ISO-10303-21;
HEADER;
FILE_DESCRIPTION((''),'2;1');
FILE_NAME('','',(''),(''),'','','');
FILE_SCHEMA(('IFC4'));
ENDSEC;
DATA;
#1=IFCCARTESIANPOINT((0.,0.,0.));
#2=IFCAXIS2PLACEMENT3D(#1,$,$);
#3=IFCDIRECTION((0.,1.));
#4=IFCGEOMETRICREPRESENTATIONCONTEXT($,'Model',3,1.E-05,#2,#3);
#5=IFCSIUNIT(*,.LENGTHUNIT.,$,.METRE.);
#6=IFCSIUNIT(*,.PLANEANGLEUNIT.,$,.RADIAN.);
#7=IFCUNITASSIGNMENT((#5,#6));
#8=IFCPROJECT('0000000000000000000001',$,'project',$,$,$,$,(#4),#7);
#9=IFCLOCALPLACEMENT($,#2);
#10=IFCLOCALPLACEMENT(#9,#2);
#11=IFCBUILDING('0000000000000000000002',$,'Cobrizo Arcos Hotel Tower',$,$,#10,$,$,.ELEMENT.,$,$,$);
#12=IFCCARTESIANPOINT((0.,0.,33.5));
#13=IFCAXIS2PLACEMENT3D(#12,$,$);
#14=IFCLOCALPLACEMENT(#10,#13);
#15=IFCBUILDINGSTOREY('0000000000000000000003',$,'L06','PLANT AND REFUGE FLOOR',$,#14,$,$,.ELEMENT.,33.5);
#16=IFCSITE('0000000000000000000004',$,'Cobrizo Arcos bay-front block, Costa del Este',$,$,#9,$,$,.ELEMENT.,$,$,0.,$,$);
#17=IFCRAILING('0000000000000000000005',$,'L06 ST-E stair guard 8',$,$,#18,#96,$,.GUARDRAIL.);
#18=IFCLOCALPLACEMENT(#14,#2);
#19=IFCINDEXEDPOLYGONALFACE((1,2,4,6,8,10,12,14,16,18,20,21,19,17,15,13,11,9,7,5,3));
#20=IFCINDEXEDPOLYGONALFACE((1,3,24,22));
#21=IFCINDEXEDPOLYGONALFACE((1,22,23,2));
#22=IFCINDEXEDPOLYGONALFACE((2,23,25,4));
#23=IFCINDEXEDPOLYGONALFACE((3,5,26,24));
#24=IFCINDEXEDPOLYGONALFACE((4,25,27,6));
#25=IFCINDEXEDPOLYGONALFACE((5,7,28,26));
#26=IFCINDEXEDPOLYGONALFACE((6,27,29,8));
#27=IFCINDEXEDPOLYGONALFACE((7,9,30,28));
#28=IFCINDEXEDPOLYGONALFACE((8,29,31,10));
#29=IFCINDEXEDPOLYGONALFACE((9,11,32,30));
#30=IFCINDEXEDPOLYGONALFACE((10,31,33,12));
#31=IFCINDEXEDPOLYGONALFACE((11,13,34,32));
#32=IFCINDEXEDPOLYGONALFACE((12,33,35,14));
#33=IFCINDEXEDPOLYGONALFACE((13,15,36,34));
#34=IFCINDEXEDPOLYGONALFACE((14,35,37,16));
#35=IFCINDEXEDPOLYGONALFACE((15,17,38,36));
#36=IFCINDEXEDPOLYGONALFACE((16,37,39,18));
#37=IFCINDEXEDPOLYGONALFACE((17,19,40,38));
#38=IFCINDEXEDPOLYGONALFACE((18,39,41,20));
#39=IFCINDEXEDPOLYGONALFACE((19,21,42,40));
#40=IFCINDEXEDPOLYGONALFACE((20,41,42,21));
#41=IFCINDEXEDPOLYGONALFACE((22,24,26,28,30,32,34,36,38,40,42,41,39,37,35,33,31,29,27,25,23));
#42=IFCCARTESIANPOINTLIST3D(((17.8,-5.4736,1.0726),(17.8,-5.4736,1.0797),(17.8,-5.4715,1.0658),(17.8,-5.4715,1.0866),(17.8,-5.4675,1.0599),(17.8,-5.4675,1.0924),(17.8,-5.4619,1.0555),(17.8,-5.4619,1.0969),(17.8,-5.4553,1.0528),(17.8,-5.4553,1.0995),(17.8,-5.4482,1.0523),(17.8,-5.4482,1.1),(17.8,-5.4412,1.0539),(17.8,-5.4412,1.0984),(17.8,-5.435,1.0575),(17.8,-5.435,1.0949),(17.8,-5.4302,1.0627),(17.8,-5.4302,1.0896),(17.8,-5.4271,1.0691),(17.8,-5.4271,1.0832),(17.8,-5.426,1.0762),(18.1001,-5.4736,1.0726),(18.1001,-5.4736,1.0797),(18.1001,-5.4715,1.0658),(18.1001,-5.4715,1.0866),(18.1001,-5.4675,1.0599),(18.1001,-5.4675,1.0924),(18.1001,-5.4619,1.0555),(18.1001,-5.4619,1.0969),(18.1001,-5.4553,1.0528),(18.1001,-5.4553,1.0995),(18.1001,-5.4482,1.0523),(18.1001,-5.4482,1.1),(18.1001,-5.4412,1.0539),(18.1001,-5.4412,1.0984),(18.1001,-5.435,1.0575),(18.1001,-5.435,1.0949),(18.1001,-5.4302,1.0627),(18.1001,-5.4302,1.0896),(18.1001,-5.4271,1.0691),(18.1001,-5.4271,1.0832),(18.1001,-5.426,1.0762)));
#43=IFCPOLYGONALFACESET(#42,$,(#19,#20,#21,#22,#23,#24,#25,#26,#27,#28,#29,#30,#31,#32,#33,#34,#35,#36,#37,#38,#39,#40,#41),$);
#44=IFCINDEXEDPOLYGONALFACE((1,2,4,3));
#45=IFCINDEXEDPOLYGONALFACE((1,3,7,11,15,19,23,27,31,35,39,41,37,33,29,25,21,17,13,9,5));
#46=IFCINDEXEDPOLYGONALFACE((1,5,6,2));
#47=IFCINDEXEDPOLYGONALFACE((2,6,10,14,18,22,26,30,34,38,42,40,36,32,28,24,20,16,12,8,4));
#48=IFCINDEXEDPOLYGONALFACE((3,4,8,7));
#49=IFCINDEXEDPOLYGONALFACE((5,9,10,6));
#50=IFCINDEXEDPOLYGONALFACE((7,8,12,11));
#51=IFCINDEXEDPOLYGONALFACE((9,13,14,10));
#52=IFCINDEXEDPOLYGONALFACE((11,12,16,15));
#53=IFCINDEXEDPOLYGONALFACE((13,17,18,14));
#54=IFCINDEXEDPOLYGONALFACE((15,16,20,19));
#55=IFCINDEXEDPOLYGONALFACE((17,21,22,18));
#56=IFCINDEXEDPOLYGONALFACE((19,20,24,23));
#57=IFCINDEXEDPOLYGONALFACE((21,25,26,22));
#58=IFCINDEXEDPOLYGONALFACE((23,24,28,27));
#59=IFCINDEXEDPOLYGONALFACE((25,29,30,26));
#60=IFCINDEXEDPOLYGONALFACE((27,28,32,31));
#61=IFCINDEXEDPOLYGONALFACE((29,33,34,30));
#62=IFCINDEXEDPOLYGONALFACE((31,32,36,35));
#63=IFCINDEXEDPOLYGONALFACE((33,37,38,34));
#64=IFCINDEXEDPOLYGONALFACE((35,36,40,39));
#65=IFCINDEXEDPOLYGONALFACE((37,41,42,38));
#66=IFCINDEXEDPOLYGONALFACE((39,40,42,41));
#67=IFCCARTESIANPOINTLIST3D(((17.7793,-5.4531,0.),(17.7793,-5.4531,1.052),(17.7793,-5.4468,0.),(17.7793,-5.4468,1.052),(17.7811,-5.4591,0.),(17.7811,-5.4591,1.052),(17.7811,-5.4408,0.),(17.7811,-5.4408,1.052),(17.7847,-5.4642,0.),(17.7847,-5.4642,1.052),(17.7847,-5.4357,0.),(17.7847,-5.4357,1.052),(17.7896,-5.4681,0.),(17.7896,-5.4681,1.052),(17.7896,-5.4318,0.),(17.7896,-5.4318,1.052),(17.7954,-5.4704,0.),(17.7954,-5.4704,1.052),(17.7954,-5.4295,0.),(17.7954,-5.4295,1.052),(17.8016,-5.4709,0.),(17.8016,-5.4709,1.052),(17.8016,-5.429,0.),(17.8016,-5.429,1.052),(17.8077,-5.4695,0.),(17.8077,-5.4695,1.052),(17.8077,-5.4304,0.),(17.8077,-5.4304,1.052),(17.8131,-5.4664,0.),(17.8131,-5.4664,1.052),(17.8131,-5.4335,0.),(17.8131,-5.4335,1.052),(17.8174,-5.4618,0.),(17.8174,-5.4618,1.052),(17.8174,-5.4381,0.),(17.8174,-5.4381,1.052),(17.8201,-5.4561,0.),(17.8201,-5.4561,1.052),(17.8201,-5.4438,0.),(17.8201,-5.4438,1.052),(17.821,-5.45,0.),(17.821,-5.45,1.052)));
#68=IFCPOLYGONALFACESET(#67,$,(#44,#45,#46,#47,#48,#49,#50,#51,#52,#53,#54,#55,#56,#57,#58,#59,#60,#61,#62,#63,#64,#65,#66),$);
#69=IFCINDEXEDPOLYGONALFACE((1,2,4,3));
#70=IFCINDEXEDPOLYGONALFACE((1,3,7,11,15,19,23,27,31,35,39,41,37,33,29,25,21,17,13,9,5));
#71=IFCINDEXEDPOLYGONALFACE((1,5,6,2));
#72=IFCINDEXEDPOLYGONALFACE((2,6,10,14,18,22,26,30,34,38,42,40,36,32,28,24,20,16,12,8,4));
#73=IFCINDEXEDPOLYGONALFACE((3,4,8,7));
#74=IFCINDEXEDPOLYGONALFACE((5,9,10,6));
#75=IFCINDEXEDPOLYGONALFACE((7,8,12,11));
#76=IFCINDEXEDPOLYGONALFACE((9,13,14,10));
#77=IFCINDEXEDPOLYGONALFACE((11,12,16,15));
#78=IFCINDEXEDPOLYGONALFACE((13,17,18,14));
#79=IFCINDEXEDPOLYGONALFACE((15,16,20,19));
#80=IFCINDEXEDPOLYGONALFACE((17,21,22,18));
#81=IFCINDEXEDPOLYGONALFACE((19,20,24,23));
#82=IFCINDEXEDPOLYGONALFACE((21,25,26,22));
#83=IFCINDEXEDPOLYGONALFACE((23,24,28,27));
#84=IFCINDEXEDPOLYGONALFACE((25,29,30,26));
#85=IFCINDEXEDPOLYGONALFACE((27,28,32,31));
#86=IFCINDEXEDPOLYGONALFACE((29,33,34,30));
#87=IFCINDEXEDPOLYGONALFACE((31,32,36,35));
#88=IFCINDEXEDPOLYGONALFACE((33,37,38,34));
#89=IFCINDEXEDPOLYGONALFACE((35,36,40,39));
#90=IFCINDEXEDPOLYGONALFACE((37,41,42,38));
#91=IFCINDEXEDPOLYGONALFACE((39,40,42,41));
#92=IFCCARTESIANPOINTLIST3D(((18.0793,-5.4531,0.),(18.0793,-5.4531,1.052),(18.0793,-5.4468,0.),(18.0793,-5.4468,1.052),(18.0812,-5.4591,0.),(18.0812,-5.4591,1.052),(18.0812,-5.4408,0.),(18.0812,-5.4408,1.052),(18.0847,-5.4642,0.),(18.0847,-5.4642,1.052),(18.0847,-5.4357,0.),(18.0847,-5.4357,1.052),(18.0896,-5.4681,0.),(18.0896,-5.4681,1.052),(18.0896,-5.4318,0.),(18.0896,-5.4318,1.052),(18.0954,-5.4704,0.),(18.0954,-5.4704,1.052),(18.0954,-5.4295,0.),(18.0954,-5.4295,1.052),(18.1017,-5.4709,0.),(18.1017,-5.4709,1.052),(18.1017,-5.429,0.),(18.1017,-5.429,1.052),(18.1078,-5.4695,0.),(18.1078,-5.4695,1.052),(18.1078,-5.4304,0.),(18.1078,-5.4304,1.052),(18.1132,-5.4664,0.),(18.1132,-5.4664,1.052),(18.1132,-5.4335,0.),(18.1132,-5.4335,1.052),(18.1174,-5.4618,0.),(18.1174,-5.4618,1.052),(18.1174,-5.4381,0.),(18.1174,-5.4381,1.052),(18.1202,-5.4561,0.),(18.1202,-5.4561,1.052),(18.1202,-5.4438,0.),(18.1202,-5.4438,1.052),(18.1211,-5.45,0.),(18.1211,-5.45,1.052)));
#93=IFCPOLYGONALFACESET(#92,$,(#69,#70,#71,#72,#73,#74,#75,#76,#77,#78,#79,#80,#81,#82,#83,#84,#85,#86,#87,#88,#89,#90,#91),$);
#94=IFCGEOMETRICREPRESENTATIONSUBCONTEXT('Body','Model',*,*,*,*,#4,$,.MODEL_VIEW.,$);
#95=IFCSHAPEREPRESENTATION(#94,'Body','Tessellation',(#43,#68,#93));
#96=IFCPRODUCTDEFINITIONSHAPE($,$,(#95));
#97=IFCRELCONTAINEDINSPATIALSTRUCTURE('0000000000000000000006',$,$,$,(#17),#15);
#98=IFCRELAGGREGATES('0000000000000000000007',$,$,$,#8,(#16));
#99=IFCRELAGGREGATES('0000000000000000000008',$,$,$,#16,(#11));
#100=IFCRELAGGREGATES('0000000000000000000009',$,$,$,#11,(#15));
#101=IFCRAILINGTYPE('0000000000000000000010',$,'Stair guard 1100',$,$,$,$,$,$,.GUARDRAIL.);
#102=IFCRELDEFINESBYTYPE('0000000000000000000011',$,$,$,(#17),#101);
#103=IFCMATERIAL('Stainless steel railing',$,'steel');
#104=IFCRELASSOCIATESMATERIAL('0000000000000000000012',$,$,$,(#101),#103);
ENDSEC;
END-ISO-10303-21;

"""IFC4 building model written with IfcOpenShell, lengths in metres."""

from ifc_helpers import new_model, si_unit, direction, frame, origin, origin_2d, place, context, subcontext, project, spatial, circle, extrude, material, type_object, element, save


model = new_model("IFC4")

# Units and contexts
model_context = context("Model", 3, precision=1e-05, world=origin(), true_north=direction((0.0, 1.0)))
body_context = subcontext(model_context, "Body", "Model", "MODEL_VIEW")
ifc_project = project(units=[si_unit("LENGTHUNIT", "METRE"), si_unit("PLANEANGLEUNIT", "RADIAN")], contexts=[model_context])

# Site, building, storey
site_placement = place(None, origin())
site = spatial("IfcSite", under=ifc_project, at=site_placement, Name="Cobrizo Arcos bay-front block, Costa del Este", CompositionType="ELEMENT", RefElevation=0.0)
building_placement = place(site_placement, origin())
building = spatial("IfcBuilding", under=site, at=building_placement, Name="Cobrizo Arcos Hotel Tower", CompositionType="ELEMENT")
storey_placement = place(building_placement, frame((0.0, 0.0, 33.5)))
storey = spatial("IfcBuildingStorey", under=building, at=storey_placement, Name="L06", Description="PLANT AND REFUGE FLOOR", CompositionType="ELEMENT", Elevation=33.5)

# Railing
ifc_material_1 = material(Name="Stainless steel railing", Category="steel")
railing_type_1 = type_object("IfcRailingType", Name="Stair guard 1100", PredefinedType="GUARDRAIL", material=ifc_material_1)
railing_1_placement = place(storey_placement, frame((17.8, -5.45, 0.0)))
element("IfcRailing", 1, at=railing_1_placement, inside=storey, type_object=railing_type_1, Name="L06 ST-E stair guard 8", PredefinedType="GUARDRAIL", context=body_context, shape_type="SweptSolid", body=[
    extrude(circle(Radius=0.0239, at=origin_2d()), frame((0.0, 0.0, 1.0762), z_axis=(1.0, 0.0, 0.0), x_axis=(0.0, 1.0, 0.0)), (0.0, 0.0, 1.0), 0.3),
    extrude(circle(Radius=0.021, at=origin_2d()), origin(), (0.0, 0.0, 1.0), 1.052),
    extrude(circle(Radius=0.021, at=origin_2d()), frame((0.3, 0.0, 0.0)), (0.0, 0.0, 1.0), 1.052),
])

save(model, "model.ifc")
